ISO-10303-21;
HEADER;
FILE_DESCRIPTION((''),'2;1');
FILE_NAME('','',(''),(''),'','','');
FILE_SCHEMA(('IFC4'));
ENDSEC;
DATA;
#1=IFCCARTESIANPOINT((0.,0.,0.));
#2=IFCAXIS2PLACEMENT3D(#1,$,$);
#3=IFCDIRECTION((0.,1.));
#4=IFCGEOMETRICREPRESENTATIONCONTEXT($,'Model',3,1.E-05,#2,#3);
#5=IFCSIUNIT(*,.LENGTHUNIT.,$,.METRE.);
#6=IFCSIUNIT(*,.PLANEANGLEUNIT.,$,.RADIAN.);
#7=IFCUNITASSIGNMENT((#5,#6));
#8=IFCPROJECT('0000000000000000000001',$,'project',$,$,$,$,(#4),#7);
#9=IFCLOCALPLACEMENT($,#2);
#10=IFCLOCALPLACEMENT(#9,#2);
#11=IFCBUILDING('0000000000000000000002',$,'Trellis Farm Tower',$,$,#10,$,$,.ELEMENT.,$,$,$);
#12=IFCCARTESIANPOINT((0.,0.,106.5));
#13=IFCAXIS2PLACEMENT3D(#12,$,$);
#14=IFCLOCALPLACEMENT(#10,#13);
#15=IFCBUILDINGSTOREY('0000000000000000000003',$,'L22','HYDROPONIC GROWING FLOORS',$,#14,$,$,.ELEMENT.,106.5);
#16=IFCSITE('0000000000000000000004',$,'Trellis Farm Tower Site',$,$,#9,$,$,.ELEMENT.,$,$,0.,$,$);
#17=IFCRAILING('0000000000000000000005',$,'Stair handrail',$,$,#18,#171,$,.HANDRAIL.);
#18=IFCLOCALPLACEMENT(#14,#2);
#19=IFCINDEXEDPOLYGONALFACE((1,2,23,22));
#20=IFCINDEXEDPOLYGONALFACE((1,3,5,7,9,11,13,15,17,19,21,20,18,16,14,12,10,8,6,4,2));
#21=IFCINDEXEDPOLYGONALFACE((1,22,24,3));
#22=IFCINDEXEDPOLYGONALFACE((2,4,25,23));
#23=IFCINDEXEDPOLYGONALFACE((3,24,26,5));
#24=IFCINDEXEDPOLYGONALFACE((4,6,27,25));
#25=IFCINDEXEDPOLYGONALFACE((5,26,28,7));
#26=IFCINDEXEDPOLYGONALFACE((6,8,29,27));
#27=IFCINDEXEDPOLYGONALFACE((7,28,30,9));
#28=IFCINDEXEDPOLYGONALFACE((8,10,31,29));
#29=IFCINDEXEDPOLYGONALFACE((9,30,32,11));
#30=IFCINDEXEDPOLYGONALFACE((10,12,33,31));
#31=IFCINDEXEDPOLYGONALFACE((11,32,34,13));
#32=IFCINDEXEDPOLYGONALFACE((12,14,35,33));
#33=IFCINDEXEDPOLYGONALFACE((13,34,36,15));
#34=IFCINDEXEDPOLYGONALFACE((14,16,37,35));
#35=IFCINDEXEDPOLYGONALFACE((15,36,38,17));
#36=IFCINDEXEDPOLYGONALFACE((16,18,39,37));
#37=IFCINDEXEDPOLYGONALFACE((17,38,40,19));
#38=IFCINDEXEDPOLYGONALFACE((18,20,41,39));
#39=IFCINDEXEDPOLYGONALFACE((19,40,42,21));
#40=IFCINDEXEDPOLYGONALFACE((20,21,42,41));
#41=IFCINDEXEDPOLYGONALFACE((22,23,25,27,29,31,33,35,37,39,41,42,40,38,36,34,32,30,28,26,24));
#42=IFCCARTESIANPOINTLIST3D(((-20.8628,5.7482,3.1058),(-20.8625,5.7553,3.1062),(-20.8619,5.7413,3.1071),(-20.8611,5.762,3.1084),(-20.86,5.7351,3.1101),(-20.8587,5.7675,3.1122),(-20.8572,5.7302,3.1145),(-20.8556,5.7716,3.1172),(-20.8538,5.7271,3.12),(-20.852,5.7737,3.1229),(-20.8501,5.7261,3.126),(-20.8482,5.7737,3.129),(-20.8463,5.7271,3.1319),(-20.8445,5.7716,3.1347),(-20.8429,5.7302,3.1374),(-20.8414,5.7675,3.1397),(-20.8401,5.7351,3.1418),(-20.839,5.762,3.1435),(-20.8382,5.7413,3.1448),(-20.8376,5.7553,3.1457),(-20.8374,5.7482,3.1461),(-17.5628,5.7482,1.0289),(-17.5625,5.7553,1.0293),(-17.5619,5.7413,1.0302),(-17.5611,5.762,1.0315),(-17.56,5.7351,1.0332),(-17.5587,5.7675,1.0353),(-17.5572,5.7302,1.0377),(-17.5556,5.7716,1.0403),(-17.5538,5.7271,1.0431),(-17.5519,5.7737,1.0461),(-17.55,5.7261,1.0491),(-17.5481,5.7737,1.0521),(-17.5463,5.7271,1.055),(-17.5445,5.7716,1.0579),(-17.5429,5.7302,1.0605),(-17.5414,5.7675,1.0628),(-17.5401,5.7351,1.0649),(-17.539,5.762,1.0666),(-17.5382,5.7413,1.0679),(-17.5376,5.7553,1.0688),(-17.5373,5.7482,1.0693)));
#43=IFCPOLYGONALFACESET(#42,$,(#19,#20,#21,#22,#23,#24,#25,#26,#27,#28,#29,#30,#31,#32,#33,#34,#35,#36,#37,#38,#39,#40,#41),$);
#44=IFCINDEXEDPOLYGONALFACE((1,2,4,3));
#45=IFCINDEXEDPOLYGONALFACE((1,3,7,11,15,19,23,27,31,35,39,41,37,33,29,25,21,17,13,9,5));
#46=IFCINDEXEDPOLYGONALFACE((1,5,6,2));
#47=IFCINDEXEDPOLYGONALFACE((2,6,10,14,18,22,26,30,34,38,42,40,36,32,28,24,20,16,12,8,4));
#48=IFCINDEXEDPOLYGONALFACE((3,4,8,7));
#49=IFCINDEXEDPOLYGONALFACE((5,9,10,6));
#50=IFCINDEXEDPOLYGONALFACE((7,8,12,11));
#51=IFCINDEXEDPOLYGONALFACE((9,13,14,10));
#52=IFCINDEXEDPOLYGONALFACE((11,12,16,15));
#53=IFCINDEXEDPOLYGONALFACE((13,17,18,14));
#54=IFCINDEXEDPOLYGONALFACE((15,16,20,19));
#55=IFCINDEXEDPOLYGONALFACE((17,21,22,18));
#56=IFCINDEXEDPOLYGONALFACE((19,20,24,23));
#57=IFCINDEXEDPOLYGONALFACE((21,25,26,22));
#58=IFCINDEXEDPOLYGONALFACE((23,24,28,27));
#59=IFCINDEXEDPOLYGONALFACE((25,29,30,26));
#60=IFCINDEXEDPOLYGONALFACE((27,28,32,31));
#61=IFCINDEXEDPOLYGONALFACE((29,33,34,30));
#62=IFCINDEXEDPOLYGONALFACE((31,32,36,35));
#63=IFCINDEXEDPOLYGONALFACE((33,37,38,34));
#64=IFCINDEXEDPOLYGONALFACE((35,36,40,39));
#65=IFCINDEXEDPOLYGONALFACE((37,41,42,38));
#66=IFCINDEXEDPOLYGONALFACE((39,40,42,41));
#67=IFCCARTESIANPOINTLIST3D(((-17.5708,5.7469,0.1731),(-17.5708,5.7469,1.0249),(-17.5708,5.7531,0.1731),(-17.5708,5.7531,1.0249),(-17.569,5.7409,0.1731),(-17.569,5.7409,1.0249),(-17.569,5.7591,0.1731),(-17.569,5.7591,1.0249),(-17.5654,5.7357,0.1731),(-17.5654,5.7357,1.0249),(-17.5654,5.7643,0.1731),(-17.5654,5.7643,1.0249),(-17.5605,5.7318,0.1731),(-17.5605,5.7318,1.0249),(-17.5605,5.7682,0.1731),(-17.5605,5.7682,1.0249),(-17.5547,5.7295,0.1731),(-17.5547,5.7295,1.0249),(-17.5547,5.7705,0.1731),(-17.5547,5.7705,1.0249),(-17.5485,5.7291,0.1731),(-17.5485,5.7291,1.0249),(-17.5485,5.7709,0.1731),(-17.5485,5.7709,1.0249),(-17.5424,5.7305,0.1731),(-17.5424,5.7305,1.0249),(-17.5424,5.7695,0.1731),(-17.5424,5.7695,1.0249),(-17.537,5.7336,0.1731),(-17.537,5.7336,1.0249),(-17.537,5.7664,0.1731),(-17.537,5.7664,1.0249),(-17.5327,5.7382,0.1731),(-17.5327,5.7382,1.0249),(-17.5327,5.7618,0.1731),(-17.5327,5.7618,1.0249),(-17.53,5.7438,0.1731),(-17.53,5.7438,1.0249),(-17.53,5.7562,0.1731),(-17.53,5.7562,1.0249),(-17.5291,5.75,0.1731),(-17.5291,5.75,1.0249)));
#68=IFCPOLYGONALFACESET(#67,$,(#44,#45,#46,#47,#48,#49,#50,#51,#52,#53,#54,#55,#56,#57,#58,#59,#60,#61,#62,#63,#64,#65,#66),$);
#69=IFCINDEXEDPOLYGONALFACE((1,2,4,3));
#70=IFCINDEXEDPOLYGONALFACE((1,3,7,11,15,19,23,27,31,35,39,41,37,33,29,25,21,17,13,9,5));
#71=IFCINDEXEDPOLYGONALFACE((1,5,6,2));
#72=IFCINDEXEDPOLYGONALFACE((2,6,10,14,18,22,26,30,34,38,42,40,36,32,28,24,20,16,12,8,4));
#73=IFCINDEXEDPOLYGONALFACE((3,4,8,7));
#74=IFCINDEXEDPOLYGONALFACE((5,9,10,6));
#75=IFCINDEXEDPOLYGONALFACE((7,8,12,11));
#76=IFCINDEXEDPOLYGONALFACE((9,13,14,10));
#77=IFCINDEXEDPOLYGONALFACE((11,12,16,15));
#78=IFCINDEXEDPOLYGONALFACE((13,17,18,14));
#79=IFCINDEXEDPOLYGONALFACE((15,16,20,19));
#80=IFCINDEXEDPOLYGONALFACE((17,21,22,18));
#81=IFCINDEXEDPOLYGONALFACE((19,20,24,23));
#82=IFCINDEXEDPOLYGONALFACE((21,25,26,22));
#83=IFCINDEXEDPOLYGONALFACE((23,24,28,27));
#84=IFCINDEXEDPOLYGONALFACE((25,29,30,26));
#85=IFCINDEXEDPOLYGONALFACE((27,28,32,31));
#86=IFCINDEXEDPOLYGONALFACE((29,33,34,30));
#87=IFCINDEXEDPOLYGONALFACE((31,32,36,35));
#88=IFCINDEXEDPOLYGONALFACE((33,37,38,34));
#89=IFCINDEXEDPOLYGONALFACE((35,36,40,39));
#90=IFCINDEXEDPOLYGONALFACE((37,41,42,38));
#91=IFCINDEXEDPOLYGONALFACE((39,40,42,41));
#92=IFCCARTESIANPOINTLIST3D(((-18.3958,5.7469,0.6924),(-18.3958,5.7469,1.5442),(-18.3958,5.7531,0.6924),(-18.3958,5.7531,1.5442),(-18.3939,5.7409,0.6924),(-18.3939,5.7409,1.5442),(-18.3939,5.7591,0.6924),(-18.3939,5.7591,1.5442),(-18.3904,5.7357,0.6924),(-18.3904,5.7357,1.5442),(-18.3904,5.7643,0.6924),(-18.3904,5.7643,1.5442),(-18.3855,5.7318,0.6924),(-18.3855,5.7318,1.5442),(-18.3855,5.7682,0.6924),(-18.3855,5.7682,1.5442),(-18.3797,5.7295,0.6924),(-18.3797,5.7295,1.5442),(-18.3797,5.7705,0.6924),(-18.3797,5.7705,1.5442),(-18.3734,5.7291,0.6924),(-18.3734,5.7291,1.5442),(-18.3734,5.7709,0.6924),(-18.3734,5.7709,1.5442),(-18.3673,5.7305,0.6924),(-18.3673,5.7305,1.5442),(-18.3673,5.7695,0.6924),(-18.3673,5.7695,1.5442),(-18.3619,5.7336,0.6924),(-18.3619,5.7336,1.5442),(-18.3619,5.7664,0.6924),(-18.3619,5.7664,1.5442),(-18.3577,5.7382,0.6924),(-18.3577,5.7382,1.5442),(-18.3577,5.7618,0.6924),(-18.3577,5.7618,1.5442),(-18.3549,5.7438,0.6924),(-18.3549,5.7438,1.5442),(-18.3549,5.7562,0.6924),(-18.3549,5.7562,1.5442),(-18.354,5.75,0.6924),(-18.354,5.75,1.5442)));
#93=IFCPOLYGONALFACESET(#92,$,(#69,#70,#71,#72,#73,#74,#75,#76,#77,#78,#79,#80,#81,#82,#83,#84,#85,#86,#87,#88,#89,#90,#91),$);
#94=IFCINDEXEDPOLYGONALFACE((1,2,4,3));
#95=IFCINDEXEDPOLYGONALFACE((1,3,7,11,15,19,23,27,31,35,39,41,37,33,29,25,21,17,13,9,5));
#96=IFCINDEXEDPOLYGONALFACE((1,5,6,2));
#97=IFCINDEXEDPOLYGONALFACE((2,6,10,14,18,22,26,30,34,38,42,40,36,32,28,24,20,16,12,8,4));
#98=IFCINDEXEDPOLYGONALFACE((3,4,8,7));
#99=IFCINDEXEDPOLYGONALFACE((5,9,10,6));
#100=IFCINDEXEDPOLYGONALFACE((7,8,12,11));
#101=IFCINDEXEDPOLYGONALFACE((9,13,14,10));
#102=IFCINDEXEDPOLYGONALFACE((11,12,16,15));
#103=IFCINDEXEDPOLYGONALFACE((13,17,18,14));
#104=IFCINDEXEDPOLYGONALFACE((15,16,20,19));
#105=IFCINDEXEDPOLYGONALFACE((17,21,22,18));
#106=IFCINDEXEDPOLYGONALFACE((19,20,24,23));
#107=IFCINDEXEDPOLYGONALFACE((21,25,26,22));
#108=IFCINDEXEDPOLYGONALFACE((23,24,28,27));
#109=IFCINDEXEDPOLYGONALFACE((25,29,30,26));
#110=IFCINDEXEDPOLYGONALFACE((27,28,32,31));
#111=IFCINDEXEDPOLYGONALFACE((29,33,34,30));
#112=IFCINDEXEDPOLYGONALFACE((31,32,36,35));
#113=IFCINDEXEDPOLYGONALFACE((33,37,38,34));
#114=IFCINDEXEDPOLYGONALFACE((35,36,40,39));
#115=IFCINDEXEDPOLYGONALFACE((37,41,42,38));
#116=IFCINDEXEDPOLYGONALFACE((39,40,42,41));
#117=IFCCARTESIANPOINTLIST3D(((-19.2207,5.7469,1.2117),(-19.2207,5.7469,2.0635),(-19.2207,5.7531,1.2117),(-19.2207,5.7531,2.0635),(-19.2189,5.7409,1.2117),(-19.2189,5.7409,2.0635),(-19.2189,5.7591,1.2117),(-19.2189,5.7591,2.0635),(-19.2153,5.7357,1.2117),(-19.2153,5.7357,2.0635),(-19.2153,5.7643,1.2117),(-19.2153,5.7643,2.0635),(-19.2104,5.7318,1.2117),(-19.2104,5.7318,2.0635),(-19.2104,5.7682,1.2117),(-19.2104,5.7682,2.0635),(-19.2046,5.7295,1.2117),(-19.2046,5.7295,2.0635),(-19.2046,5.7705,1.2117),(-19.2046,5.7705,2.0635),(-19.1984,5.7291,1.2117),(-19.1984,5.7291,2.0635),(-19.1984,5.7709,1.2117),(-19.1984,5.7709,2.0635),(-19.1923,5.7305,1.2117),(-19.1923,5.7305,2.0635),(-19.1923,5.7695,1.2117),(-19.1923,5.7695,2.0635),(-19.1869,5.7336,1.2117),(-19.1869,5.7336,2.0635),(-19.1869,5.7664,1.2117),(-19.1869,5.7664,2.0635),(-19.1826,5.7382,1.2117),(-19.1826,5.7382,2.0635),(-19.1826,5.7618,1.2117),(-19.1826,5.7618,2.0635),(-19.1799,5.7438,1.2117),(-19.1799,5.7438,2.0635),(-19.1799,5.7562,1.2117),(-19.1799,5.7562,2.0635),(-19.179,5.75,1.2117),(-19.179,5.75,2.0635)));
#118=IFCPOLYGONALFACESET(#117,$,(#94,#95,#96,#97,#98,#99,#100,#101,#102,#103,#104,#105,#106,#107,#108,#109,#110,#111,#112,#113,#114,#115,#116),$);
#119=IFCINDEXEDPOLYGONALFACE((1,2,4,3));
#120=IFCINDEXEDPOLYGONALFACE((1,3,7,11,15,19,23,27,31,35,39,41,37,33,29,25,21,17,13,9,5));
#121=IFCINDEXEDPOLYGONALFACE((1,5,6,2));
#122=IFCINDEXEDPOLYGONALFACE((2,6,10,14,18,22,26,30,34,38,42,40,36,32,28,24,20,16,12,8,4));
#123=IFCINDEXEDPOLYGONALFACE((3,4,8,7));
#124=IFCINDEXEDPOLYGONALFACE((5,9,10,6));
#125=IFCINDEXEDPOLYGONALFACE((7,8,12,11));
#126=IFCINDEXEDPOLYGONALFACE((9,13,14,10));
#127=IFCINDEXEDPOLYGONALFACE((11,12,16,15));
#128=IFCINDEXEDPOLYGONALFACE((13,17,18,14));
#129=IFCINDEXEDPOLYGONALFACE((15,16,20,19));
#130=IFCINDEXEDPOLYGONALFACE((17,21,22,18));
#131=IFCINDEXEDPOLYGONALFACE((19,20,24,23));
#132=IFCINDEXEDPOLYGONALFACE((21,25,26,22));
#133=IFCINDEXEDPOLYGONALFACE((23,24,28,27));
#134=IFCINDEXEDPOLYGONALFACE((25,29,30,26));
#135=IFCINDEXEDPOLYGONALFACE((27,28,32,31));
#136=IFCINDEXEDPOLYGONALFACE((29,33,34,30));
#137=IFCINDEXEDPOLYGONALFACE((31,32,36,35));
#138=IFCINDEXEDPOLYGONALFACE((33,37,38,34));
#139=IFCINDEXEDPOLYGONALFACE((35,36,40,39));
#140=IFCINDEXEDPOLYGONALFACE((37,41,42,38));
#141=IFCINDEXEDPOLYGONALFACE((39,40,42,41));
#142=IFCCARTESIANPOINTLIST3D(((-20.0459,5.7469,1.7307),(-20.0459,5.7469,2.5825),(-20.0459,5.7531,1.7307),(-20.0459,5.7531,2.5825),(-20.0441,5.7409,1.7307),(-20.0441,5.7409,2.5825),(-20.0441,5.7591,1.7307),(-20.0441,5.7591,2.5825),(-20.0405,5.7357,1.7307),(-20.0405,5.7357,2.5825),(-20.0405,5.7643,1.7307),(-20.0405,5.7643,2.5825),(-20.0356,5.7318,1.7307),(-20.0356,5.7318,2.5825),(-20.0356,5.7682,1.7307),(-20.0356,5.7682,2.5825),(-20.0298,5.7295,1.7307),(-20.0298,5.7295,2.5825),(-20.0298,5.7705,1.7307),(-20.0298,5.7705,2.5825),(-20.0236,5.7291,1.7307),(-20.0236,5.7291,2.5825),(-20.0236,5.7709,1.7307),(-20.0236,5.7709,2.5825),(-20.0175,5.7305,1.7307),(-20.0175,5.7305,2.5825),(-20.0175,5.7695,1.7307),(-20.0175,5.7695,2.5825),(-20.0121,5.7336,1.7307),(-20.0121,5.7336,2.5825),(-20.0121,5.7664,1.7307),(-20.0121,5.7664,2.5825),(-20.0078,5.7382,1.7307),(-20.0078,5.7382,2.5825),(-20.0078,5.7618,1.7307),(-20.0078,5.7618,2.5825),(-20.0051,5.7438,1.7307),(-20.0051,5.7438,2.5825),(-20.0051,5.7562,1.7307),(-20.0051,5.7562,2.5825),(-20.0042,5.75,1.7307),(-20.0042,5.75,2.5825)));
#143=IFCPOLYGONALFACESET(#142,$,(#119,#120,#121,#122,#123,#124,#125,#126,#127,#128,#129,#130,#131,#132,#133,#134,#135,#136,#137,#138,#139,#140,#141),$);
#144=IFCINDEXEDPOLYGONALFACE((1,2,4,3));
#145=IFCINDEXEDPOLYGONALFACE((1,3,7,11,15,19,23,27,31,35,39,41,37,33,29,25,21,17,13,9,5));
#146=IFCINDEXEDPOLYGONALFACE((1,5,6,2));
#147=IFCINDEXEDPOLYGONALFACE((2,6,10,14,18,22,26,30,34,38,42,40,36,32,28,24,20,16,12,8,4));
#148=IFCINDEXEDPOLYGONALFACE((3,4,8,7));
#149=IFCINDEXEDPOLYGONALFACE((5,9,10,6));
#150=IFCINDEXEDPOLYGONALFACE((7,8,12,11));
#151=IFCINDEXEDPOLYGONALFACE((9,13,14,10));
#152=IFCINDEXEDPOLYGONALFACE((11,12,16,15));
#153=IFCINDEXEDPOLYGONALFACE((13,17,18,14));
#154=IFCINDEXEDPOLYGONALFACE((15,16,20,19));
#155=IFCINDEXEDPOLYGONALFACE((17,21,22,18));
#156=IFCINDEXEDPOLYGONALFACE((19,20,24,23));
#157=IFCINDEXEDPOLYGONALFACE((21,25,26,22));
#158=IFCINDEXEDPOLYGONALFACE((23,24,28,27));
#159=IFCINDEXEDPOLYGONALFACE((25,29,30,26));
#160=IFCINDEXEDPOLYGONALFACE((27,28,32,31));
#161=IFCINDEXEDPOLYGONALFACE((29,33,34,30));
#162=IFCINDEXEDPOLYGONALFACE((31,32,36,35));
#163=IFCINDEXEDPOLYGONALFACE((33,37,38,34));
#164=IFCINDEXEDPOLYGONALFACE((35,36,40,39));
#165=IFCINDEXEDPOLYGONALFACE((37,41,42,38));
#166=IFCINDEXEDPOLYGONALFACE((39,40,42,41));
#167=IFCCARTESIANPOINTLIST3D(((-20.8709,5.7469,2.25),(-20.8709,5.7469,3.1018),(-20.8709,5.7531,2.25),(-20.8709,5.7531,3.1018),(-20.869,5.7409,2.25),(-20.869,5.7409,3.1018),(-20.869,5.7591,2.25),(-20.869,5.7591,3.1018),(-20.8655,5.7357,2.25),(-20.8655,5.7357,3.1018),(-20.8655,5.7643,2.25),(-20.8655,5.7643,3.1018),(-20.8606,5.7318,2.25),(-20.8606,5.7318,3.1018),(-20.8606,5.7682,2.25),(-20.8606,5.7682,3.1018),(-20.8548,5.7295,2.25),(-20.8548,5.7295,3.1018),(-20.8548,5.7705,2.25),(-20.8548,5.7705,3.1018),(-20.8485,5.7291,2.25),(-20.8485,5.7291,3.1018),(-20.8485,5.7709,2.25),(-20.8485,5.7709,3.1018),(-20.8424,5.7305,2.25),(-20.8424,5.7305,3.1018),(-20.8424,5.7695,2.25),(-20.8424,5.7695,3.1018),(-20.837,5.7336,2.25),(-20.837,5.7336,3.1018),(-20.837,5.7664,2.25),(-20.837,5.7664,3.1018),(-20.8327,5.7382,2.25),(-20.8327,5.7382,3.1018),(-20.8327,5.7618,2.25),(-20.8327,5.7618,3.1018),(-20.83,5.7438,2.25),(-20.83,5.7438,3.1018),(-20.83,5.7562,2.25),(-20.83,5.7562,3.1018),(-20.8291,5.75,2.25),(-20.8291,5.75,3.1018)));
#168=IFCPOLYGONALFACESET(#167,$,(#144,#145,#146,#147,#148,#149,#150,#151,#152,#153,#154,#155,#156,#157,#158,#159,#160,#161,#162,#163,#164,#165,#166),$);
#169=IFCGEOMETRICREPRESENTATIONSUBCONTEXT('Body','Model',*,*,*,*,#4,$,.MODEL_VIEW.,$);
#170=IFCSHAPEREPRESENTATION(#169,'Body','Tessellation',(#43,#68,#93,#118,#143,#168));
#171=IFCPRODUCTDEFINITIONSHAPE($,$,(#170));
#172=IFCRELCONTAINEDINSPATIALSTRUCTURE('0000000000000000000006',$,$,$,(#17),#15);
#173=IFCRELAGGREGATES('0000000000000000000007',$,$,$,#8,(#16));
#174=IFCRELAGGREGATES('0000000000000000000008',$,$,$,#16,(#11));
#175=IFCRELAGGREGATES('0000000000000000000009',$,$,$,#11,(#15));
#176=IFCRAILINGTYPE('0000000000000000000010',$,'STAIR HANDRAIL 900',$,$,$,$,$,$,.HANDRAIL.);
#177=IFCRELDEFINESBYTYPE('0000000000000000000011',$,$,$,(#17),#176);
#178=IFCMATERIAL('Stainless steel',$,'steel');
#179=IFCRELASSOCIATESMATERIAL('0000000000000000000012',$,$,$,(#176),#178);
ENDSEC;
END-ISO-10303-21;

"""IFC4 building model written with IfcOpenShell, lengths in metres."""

from ifc_helpers import new_model, si_unit, direction, frame, origin, origin_2d, place, context, subcontext, project, spatial, circle, extrude, source, transform, mapped, material, type_object, element, save


model = new_model("IFC4")

# Units and contexts
model_context = context("Model", 3, precision=1e-05, world=origin(), true_north=direction((0.0, 1.0)))
body_context = subcontext(model_context, "Body", "Model", "MODEL_VIEW")
ifc_project = project(units=[si_unit("LENGTHUNIT", "METRE"), si_unit("PLANEANGLEUNIT", "RADIAN")], contexts=[model_context])

# Site, building, storey
site_placement = place(None, origin())
site = spatial("IfcSite", under=ifc_project, at=site_placement, Name="Trellis Farm Tower Site", CompositionType="ELEMENT", RefElevation=0.0)
building_placement = place(site_placement, origin())
building = spatial("IfcBuilding", under=site, at=building_placement, Name="Trellis Farm Tower", CompositionType="ELEMENT")
storey_placement = place(building_placement, frame((0.0, 0.0, 106.5)))
storey = spatial("IfcBuildingStorey", under=building, at=storey_placement, Name="L22", Description="HYDROPONIC GROWING FLOORS", CompositionType="ELEMENT", Elevation=106.5)

# Railing
ifc_material_1 = material(Name="Stainless steel", Category="steel")
railing_type = type_object("IfcRailingType", Name="STAIR HANDRAIL 900", PredefinedType="HANDRAIL", material=ifc_material_1)
shared_shape_1 = source(origin(), body_context, "Body", "SweptSolid", [
    extrude(circle(Radius=0.0239, at=origin_2d()), frame((0.0, 0.0, 0.876), z_axis=(-0.846337, 0.0, 0.532647), x_axis=(0.0, -1.0, 0.0)), (0.0, 0.0, 1.0), 3.8992),
    extrude(circle(Radius=0.021, at=origin_2d()), origin(), (0.0, 0.0, 1.0), 0.8518),
    extrude(circle(Radius=0.021, at=origin_2d()), frame((-0.825, 0.0, 0.5193)), (0.0, 0.0, 1.0), 0.8518),
    extrude(circle(Radius=0.021, at=origin_2d()), frame((-1.6499, 0.0, 1.0386)), (0.0, 0.0, 1.0), 0.8518),
    extrude(circle(Radius=0.021, at=origin_2d()), frame((-2.4751, 0.0, 1.5576)), (0.0, 0.0, 1.0), 0.8518),
    extrude(circle(Radius=0.021, at=origin_2d()), frame((-3.3, 0.0, 2.0769)), (0.0, 0.0, 1.0), 0.8518),
])
for number, where, name in (
    (1, (-17.55, 5.75, 0.1731), "Stair handrail"),
):
    element("IfcRailing", number, at=place(storey_placement, frame(where)), inside=storey, type_object=railing_type, Name=name, PredefinedType="HANDRAIL", context=body_context, shape_type="MappedRepresentation", body=[
        mapped(shared_shape_1, transform((0.0, 0.0, 0.0))),
    ])

save(model, "model.ifc")
